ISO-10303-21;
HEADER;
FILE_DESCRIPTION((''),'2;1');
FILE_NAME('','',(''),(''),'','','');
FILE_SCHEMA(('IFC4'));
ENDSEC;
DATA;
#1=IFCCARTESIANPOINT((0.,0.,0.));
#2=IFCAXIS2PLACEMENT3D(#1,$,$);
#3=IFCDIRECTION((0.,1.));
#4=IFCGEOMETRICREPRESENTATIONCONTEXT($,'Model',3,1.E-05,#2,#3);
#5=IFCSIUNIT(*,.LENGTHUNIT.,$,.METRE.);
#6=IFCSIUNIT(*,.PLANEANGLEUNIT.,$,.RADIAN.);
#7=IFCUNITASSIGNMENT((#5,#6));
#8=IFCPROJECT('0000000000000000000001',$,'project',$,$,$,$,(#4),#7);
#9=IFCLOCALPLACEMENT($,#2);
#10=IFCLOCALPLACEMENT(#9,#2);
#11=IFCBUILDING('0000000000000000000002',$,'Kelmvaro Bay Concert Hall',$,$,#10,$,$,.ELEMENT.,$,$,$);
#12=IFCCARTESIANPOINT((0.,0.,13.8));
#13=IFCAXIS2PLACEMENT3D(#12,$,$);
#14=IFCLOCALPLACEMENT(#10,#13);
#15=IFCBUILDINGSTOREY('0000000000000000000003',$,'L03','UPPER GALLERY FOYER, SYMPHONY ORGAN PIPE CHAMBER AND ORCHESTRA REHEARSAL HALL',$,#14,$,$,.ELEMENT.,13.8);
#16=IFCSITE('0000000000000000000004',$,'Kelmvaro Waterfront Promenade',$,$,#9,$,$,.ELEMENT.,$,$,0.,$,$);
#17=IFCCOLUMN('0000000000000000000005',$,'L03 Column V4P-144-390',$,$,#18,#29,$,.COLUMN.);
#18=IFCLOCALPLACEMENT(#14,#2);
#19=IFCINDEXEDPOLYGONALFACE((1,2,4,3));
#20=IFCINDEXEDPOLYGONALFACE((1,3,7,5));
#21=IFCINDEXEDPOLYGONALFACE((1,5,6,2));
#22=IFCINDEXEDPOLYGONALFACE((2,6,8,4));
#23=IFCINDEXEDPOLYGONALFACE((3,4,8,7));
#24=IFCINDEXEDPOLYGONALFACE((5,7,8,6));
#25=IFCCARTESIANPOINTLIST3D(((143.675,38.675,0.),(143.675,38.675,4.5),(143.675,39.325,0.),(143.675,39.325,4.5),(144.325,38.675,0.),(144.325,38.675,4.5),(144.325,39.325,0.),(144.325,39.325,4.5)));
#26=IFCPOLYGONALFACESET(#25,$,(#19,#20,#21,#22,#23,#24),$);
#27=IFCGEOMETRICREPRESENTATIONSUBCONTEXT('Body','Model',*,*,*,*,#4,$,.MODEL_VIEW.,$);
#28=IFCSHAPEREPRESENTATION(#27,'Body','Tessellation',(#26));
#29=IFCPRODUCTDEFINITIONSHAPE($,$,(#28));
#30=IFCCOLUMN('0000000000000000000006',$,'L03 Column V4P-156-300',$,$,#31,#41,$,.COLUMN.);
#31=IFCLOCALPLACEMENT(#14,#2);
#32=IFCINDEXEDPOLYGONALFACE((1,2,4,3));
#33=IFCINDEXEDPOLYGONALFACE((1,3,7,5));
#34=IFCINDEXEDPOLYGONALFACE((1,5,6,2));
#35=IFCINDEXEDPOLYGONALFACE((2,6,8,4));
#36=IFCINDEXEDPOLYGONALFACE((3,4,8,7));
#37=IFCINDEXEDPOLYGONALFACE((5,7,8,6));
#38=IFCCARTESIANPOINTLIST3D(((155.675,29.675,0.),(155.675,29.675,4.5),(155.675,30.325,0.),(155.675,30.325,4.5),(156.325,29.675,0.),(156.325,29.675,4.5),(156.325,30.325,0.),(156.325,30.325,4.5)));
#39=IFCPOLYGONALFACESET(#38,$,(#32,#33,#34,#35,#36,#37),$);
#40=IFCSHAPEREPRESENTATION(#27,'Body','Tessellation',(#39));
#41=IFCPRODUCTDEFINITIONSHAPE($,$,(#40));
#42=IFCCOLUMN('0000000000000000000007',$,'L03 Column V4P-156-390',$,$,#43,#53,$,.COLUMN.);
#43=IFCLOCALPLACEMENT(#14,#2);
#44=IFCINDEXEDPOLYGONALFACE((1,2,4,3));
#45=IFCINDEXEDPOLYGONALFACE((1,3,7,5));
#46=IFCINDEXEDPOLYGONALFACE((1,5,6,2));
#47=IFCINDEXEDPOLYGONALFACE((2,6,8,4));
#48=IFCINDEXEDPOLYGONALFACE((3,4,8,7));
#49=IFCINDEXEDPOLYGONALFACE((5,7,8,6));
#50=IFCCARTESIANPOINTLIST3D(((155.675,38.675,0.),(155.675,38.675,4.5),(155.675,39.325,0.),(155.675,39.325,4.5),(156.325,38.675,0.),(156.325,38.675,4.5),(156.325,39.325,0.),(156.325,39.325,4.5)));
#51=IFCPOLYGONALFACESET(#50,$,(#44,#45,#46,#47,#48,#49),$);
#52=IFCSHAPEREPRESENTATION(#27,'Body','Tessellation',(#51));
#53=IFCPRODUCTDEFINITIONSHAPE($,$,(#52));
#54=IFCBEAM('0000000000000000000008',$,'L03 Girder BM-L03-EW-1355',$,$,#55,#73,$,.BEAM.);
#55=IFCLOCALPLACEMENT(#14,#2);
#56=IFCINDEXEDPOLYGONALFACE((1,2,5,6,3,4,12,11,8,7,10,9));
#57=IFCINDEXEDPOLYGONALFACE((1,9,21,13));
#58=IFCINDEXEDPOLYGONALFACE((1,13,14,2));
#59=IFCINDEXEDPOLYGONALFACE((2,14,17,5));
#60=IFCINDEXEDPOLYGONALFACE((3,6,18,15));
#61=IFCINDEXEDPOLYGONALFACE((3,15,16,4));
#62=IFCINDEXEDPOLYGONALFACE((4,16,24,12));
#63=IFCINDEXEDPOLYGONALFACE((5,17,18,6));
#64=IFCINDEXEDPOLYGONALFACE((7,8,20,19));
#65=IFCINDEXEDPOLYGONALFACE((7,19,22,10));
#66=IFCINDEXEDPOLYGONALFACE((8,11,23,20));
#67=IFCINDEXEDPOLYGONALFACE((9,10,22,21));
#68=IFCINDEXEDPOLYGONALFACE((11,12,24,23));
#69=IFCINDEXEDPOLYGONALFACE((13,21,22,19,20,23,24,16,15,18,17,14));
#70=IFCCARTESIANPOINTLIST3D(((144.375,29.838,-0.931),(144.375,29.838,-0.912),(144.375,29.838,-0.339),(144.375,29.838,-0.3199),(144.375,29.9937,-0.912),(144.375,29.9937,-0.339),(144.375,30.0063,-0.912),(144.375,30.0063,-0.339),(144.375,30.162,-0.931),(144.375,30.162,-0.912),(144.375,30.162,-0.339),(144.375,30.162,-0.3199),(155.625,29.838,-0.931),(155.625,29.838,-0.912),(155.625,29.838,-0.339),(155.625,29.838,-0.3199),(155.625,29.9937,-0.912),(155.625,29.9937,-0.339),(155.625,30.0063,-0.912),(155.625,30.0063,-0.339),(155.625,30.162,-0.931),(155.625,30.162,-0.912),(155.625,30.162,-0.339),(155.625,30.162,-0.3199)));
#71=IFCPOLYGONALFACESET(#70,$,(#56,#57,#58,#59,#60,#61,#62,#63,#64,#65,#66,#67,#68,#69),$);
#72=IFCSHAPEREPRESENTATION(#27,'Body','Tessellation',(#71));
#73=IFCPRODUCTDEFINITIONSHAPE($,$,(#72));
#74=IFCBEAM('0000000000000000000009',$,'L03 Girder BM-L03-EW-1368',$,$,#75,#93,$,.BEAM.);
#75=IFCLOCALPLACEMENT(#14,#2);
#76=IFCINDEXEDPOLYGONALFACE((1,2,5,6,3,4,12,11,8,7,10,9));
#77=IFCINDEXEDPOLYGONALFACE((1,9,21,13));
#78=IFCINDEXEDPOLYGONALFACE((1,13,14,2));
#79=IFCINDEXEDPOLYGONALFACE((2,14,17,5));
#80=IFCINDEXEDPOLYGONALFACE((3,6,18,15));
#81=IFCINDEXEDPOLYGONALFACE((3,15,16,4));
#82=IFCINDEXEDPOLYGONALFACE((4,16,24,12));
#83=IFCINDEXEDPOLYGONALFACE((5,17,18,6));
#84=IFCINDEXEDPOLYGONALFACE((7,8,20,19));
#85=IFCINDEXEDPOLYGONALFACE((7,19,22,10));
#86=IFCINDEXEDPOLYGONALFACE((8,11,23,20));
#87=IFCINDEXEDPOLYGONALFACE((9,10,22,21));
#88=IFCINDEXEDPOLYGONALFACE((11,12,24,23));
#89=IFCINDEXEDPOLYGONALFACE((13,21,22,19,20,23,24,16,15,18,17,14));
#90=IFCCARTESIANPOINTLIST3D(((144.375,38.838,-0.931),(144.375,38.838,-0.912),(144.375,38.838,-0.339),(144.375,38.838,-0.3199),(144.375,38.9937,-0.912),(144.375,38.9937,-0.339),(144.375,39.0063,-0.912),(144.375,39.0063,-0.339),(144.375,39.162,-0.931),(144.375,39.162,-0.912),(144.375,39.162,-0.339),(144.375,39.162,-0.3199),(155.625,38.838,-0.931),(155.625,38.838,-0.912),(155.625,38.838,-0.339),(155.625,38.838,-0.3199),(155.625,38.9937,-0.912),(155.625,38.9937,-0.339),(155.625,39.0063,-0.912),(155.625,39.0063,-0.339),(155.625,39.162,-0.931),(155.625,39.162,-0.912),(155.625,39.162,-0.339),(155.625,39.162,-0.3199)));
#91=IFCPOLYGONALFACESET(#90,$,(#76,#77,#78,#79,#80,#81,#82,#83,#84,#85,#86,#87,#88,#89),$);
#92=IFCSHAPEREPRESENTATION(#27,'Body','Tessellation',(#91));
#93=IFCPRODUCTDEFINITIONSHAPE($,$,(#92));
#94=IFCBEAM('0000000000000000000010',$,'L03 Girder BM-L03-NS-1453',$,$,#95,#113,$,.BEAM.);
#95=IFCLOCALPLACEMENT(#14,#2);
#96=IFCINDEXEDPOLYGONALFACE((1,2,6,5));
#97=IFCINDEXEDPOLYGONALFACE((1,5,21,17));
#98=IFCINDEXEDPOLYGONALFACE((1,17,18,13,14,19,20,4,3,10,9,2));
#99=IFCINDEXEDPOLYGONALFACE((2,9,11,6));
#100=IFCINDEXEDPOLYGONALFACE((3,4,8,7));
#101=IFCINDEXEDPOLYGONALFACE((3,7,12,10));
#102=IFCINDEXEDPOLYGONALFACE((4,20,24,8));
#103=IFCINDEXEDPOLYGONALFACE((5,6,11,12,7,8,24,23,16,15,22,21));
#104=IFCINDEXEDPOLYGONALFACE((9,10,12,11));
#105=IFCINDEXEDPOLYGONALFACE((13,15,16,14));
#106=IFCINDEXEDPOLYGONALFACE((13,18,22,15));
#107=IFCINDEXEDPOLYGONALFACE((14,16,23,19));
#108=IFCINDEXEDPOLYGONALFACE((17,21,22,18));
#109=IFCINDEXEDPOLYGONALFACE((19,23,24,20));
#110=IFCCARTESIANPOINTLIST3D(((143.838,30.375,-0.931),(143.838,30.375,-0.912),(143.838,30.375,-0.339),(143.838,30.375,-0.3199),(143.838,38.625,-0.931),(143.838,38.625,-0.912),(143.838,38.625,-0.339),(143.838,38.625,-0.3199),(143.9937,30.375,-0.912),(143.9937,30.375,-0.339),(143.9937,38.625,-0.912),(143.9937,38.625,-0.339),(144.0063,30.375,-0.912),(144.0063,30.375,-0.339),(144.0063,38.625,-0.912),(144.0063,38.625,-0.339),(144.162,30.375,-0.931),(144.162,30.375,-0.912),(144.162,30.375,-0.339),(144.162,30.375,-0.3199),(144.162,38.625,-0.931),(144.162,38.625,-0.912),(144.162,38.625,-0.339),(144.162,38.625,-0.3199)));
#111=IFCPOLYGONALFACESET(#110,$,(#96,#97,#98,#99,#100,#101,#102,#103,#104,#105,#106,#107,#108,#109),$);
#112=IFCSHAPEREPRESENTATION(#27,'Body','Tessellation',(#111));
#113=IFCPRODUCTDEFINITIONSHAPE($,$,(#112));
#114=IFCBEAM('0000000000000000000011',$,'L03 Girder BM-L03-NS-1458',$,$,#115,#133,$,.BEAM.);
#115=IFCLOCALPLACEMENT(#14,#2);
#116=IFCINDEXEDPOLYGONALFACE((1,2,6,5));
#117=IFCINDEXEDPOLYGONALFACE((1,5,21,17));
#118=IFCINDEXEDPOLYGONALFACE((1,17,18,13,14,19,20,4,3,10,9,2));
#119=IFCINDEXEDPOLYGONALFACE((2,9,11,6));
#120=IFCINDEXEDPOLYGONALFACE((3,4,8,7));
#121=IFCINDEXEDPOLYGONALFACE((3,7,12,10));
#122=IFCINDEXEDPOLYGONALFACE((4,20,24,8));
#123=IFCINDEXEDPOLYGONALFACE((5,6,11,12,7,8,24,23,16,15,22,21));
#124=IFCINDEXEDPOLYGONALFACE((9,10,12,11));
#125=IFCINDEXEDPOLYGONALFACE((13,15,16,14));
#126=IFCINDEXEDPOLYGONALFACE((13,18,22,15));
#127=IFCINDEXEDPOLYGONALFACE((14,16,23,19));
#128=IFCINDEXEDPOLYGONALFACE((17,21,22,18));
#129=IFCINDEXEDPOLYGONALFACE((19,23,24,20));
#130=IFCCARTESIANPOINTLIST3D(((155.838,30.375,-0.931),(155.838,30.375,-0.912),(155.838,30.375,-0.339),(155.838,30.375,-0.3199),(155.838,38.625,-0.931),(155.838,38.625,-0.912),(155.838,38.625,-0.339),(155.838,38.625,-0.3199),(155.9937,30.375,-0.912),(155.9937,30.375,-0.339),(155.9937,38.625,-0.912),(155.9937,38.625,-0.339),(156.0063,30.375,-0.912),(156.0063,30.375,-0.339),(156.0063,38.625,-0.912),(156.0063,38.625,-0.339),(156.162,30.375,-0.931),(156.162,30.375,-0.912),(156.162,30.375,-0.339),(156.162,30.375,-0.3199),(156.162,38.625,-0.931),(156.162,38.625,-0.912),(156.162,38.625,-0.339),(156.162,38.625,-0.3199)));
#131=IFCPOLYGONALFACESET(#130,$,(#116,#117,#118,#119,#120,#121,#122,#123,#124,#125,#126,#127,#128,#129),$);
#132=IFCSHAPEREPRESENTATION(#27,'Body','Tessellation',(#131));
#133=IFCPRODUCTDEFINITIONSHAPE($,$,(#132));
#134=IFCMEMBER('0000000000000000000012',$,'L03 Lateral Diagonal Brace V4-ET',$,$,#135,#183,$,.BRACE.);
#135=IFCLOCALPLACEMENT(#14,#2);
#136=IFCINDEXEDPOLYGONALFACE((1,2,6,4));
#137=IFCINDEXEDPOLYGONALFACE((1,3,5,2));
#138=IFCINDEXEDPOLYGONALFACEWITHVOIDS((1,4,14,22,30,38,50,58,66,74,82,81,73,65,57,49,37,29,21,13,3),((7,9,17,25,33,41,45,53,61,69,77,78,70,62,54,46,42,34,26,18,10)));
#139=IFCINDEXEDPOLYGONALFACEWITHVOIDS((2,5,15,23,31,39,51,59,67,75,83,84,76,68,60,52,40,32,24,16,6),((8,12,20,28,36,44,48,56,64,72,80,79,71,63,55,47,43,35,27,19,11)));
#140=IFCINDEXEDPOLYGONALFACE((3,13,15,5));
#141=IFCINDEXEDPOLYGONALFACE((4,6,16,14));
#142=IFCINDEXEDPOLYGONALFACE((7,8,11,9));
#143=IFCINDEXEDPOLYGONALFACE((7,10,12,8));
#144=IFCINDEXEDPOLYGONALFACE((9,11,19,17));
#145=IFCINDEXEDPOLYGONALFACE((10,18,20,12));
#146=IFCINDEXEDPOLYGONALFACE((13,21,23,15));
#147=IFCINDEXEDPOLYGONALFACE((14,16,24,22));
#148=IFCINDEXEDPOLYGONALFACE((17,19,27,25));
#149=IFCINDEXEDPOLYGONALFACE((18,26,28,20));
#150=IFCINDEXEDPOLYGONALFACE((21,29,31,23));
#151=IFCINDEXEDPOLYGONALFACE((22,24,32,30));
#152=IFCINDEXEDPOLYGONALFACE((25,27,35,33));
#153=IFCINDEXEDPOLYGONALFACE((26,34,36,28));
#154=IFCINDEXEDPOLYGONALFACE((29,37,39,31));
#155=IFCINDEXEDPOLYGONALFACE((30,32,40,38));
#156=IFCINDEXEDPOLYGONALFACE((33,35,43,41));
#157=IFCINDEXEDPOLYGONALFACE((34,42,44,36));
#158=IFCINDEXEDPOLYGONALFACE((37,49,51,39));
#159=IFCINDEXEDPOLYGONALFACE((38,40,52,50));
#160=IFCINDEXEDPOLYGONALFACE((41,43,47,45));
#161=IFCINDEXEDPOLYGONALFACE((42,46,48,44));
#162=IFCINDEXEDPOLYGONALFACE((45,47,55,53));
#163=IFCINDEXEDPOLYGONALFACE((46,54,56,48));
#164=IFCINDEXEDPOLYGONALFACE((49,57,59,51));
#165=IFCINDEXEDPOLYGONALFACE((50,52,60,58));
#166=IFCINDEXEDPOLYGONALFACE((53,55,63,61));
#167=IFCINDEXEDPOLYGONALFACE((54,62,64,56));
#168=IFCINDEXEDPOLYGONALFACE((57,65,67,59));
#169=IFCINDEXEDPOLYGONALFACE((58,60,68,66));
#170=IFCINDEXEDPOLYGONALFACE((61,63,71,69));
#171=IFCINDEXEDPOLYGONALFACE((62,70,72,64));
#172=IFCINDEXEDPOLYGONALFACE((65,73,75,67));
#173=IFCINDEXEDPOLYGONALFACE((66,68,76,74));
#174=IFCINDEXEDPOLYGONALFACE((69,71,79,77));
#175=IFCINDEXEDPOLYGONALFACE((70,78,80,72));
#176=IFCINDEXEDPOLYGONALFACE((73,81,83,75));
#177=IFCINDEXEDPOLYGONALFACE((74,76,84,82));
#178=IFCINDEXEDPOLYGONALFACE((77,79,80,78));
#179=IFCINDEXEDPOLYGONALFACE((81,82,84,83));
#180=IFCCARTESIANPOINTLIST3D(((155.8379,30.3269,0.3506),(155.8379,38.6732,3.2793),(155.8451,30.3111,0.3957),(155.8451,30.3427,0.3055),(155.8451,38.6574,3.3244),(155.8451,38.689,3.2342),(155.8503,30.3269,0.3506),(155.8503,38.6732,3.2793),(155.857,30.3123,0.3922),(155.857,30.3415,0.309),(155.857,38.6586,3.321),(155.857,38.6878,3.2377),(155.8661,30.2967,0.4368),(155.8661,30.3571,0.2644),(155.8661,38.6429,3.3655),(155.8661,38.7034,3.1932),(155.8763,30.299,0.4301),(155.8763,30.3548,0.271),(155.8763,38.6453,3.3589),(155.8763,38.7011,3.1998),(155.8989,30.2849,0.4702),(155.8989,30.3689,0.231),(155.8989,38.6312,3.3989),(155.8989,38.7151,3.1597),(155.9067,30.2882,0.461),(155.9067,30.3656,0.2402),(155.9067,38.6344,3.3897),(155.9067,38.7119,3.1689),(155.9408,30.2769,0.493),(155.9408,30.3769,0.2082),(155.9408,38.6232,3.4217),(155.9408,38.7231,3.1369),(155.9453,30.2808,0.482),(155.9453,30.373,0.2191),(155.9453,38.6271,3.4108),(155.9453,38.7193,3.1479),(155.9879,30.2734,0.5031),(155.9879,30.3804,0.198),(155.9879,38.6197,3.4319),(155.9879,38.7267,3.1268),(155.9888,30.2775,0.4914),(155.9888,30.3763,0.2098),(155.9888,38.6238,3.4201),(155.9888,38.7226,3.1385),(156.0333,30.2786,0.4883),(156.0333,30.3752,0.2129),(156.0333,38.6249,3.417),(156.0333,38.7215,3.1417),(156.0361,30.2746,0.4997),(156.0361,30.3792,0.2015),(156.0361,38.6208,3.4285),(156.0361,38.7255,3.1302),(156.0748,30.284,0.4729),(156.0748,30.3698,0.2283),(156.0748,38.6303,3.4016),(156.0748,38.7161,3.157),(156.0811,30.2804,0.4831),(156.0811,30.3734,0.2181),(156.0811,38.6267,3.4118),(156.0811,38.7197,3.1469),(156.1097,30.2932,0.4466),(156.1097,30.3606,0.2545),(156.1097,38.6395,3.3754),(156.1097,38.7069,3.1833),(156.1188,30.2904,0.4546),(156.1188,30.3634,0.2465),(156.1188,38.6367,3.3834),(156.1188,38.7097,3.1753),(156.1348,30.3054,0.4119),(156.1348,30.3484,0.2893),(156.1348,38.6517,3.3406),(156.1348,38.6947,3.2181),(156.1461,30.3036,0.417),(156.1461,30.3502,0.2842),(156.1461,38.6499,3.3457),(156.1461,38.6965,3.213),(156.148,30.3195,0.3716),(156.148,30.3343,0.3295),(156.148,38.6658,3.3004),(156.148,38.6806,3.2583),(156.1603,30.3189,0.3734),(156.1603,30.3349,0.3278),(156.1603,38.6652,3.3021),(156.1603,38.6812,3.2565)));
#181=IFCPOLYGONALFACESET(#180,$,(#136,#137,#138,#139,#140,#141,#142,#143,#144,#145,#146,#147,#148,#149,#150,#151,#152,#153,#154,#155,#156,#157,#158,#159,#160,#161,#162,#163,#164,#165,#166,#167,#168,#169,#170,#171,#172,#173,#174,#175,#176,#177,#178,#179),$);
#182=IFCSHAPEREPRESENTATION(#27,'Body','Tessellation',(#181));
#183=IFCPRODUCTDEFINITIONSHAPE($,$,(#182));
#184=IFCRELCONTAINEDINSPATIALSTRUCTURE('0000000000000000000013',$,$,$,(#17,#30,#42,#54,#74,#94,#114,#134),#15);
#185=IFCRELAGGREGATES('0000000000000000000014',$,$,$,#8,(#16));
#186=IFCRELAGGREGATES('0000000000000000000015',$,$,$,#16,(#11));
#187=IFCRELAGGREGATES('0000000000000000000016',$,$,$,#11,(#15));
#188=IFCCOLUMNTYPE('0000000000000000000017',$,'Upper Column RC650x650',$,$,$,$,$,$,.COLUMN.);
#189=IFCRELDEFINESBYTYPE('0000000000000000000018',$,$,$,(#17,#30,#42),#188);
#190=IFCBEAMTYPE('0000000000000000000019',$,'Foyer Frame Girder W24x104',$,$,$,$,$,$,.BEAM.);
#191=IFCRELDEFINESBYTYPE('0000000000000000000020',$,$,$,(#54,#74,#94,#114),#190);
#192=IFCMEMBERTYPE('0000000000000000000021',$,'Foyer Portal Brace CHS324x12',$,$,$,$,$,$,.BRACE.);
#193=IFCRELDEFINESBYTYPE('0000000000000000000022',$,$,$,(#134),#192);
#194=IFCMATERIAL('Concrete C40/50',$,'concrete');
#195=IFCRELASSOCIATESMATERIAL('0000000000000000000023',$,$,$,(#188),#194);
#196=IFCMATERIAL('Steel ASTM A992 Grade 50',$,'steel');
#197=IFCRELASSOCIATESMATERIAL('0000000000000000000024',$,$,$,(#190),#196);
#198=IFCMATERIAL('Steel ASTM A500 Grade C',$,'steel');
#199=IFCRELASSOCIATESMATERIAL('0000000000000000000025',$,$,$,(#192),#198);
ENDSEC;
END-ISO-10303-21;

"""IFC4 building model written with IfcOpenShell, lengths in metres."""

from ifc_helpers import new_model, si_unit, direction, frame, origin, origin_2d, place, context, subcontext, project, spatial, rectangle, hollow_circle, i_section, extrude, material, material_profile, profile_set, type_object, element, save


model = new_model("IFC4")

# Units and contexts
model_context = context("Model", 3, precision=1e-05, world=origin(), true_north=direction((0.0, 1.0)))
body_context = subcontext(model_context, "Body", "Model", "MODEL_VIEW")
ifc_project = project(units=[si_unit("LENGTHUNIT", "METRE"), si_unit("PLANEANGLEUNIT", "RADIAN")], contexts=[model_context])

# Site, building, storey
site_placement = place(None, origin())
site = spatial("IfcSite", under=ifc_project, at=site_placement, Name="Kelmvaro Waterfront Promenade", CompositionType="ELEMENT", RefElevation=0.0)
building_placement = place(site_placement, origin())
building = spatial("IfcBuilding", under=site, at=building_placement, Name="Kelmvaro Bay Concert Hall", CompositionType="ELEMENT")
storey_placement = place(building_placement, frame((0.0, 0.0, 13.8)))
storey = spatial("IfcBuildingStorey", under=building, at=storey_placement, Name="L03", Description="UPPER GALLERY FOYER, SYMPHONY ORGAN PIPE CHAMBER AND ORCHESTRA REHEARSAL HALL", CompositionType="ELEMENT", Elevation=13.8)

# Columns
ifc_material_1 = material(Name="Concrete C40/50", Category="concrete")
ifc_material_profile_1 = material_profile(ifc_material_1, rectangle(XDim=0.6499, YDim=0.6499, at=origin_2d()), Name="RC-COL-650X650")
ifc_profile_set_1 = profile_set([ifc_material_profile_1], Name="Concrete C40/50")
column_type = type_object("IfcColumnType", Name="Upper Column RC650x650", PredefinedType="COLUMN", material=ifc_profile_set_1)
for number, where, z_axis, x_axis, name in (
    (1, (144.0, 39.0, 0.0), (0.0, 0.0, 1.0), (1.0, 0.0, 0.0), "L03 Column V4P-144-390"),
    (2, (156.0, 30.0, 0.0), (0.0, 0.0, 1.0), (1.0, 0.0, 0.0), "L03 Column V4P-156-300"),
    (3, (156.0, 39.0, 0.0), (0.0, 0.0, 1.0), (1.0, 0.0, 0.0), "L03 Column V4P-156-390"),
):
    element("IfcColumn", number, at=place(storey_placement, frame(where, z_axis=z_axis, x_axis=x_axis)), inside=storey, type_object=column_type, Name=name, PredefinedType="COLUMN", context=body_context, shape_type="SweptSolid", body=[
        extrude(rectangle(XDim=0.6499, YDim=0.6499, at=origin_2d()), origin(), (0.0, 0.0, 1.0), 4.5),
    ])

# Beams
ifc_material_2 = material(Name="Steel ASTM A992 Grade 50", Category="steel")
ifc_material_profile_2 = material_profile(ifc_material_2, i_section(OverallWidth=0.324, OverallDepth=0.6111, WebThickness=0.0127, FlangeThickness=0.019, at=origin_2d()), Name="W24X104")
ifc_profile_set_2 = profile_set([ifc_material_profile_2], Name="Steel ASTM A992 Grade 50")
beam_type_1 = type_object("IfcBeamType", Name="Foyer Frame Girder W24x104", PredefinedType="BEAM", material=ifc_profile_set_2)
for number, where, z_axis, x_axis, name in (
    (4, (144.375, 30.0, -0.6255), (1.0, 0.0, 0.0), (0.0, 1.0, 0.0), "L03 Girder BM-L03-EW-1355"),
    (5, (144.375, 39.0, -0.6255), (1.0, 0.0, 0.0), (0.0, 1.0, 0.0), "L03 Girder BM-L03-EW-1368"),
):
    element("IfcBeam", number, at=place(storey_placement, frame(where, z_axis=z_axis, x_axis=x_axis)), inside=storey, type_object=beam_type_1, Name=name, PredefinedType="BEAM", context=body_context, shape_type="SweptSolid", body=[
        extrude(i_section(OverallWidth=0.324, OverallDepth=0.6111, WebThickness=0.0127, FlangeThickness=0.019, at=origin_2d()), origin(), (0.0, 0.0, 1.0), 11.25),
    ])
for number, where, z_axis, x_axis, name in (
    (6, (144.0, 30.375, -0.6255), (0.0, 1.0, 0.0), (-1.0, 0.0, 0.0), "L03 Girder BM-L03-NS-1453"),
    (7, (156.0, 30.375, -0.6255), (0.0, 1.0, 0.0), (-1.0, 0.0, 0.0), "L03 Girder BM-L03-NS-1458"),
):
    element("IfcBeam", number, at=place(storey_placement, frame(where, z_axis=z_axis, x_axis=x_axis)), inside=storey, type_object=beam_type_1, Name=name, PredefinedType="BEAM", context=body_context, shape_type="SweptSolid", body=[
        extrude(i_section(OverallWidth=0.324, OverallDepth=0.6111, WebThickness=0.0127, FlangeThickness=0.019, at=origin_2d()), origin(), (0.0, 0.0, 1.0), 8.25),
    ])

# Member
ifc_material_3 = material(Name="Steel ASTM A500 Grade C", Category="steel")
ifc_material_profile_3 = material_profile(ifc_material_3, hollow_circle(Radius=0.1621, WallThickness=0.0125, at=origin_2d()), Name="CHS324X12")
ifc_profile_set_3 = profile_set([ifc_material_profile_3], Name="Steel ASTM A500 Grade C")
member_type = type_object("IfcMemberType", Name="Foyer Portal Brace CHS324x12", PredefinedType="BRACE", material=ifc_profile_set_3)
member_placement = place(storey_placement, frame((156.0, 30.3269, 0.3506), z_axis=(0.0, 0.943592, 0.33111), x_axis=(-1.0, 0.0, 0.0)))
element("IfcMember", 8, at=member_placement, inside=storey, type_object=member_type, Name="L03 Lateral Diagonal Brace V4-ET", PredefinedType="BRACE", context=body_context, shape_type="SweptSolid", body=[
    extrude(hollow_circle(Radius=0.1621, WallThickness=0.0125, at=origin_2d()), origin(), (0.0, 0.0, 1.0), 8.8452),
])

save(model, "model.ifc")
